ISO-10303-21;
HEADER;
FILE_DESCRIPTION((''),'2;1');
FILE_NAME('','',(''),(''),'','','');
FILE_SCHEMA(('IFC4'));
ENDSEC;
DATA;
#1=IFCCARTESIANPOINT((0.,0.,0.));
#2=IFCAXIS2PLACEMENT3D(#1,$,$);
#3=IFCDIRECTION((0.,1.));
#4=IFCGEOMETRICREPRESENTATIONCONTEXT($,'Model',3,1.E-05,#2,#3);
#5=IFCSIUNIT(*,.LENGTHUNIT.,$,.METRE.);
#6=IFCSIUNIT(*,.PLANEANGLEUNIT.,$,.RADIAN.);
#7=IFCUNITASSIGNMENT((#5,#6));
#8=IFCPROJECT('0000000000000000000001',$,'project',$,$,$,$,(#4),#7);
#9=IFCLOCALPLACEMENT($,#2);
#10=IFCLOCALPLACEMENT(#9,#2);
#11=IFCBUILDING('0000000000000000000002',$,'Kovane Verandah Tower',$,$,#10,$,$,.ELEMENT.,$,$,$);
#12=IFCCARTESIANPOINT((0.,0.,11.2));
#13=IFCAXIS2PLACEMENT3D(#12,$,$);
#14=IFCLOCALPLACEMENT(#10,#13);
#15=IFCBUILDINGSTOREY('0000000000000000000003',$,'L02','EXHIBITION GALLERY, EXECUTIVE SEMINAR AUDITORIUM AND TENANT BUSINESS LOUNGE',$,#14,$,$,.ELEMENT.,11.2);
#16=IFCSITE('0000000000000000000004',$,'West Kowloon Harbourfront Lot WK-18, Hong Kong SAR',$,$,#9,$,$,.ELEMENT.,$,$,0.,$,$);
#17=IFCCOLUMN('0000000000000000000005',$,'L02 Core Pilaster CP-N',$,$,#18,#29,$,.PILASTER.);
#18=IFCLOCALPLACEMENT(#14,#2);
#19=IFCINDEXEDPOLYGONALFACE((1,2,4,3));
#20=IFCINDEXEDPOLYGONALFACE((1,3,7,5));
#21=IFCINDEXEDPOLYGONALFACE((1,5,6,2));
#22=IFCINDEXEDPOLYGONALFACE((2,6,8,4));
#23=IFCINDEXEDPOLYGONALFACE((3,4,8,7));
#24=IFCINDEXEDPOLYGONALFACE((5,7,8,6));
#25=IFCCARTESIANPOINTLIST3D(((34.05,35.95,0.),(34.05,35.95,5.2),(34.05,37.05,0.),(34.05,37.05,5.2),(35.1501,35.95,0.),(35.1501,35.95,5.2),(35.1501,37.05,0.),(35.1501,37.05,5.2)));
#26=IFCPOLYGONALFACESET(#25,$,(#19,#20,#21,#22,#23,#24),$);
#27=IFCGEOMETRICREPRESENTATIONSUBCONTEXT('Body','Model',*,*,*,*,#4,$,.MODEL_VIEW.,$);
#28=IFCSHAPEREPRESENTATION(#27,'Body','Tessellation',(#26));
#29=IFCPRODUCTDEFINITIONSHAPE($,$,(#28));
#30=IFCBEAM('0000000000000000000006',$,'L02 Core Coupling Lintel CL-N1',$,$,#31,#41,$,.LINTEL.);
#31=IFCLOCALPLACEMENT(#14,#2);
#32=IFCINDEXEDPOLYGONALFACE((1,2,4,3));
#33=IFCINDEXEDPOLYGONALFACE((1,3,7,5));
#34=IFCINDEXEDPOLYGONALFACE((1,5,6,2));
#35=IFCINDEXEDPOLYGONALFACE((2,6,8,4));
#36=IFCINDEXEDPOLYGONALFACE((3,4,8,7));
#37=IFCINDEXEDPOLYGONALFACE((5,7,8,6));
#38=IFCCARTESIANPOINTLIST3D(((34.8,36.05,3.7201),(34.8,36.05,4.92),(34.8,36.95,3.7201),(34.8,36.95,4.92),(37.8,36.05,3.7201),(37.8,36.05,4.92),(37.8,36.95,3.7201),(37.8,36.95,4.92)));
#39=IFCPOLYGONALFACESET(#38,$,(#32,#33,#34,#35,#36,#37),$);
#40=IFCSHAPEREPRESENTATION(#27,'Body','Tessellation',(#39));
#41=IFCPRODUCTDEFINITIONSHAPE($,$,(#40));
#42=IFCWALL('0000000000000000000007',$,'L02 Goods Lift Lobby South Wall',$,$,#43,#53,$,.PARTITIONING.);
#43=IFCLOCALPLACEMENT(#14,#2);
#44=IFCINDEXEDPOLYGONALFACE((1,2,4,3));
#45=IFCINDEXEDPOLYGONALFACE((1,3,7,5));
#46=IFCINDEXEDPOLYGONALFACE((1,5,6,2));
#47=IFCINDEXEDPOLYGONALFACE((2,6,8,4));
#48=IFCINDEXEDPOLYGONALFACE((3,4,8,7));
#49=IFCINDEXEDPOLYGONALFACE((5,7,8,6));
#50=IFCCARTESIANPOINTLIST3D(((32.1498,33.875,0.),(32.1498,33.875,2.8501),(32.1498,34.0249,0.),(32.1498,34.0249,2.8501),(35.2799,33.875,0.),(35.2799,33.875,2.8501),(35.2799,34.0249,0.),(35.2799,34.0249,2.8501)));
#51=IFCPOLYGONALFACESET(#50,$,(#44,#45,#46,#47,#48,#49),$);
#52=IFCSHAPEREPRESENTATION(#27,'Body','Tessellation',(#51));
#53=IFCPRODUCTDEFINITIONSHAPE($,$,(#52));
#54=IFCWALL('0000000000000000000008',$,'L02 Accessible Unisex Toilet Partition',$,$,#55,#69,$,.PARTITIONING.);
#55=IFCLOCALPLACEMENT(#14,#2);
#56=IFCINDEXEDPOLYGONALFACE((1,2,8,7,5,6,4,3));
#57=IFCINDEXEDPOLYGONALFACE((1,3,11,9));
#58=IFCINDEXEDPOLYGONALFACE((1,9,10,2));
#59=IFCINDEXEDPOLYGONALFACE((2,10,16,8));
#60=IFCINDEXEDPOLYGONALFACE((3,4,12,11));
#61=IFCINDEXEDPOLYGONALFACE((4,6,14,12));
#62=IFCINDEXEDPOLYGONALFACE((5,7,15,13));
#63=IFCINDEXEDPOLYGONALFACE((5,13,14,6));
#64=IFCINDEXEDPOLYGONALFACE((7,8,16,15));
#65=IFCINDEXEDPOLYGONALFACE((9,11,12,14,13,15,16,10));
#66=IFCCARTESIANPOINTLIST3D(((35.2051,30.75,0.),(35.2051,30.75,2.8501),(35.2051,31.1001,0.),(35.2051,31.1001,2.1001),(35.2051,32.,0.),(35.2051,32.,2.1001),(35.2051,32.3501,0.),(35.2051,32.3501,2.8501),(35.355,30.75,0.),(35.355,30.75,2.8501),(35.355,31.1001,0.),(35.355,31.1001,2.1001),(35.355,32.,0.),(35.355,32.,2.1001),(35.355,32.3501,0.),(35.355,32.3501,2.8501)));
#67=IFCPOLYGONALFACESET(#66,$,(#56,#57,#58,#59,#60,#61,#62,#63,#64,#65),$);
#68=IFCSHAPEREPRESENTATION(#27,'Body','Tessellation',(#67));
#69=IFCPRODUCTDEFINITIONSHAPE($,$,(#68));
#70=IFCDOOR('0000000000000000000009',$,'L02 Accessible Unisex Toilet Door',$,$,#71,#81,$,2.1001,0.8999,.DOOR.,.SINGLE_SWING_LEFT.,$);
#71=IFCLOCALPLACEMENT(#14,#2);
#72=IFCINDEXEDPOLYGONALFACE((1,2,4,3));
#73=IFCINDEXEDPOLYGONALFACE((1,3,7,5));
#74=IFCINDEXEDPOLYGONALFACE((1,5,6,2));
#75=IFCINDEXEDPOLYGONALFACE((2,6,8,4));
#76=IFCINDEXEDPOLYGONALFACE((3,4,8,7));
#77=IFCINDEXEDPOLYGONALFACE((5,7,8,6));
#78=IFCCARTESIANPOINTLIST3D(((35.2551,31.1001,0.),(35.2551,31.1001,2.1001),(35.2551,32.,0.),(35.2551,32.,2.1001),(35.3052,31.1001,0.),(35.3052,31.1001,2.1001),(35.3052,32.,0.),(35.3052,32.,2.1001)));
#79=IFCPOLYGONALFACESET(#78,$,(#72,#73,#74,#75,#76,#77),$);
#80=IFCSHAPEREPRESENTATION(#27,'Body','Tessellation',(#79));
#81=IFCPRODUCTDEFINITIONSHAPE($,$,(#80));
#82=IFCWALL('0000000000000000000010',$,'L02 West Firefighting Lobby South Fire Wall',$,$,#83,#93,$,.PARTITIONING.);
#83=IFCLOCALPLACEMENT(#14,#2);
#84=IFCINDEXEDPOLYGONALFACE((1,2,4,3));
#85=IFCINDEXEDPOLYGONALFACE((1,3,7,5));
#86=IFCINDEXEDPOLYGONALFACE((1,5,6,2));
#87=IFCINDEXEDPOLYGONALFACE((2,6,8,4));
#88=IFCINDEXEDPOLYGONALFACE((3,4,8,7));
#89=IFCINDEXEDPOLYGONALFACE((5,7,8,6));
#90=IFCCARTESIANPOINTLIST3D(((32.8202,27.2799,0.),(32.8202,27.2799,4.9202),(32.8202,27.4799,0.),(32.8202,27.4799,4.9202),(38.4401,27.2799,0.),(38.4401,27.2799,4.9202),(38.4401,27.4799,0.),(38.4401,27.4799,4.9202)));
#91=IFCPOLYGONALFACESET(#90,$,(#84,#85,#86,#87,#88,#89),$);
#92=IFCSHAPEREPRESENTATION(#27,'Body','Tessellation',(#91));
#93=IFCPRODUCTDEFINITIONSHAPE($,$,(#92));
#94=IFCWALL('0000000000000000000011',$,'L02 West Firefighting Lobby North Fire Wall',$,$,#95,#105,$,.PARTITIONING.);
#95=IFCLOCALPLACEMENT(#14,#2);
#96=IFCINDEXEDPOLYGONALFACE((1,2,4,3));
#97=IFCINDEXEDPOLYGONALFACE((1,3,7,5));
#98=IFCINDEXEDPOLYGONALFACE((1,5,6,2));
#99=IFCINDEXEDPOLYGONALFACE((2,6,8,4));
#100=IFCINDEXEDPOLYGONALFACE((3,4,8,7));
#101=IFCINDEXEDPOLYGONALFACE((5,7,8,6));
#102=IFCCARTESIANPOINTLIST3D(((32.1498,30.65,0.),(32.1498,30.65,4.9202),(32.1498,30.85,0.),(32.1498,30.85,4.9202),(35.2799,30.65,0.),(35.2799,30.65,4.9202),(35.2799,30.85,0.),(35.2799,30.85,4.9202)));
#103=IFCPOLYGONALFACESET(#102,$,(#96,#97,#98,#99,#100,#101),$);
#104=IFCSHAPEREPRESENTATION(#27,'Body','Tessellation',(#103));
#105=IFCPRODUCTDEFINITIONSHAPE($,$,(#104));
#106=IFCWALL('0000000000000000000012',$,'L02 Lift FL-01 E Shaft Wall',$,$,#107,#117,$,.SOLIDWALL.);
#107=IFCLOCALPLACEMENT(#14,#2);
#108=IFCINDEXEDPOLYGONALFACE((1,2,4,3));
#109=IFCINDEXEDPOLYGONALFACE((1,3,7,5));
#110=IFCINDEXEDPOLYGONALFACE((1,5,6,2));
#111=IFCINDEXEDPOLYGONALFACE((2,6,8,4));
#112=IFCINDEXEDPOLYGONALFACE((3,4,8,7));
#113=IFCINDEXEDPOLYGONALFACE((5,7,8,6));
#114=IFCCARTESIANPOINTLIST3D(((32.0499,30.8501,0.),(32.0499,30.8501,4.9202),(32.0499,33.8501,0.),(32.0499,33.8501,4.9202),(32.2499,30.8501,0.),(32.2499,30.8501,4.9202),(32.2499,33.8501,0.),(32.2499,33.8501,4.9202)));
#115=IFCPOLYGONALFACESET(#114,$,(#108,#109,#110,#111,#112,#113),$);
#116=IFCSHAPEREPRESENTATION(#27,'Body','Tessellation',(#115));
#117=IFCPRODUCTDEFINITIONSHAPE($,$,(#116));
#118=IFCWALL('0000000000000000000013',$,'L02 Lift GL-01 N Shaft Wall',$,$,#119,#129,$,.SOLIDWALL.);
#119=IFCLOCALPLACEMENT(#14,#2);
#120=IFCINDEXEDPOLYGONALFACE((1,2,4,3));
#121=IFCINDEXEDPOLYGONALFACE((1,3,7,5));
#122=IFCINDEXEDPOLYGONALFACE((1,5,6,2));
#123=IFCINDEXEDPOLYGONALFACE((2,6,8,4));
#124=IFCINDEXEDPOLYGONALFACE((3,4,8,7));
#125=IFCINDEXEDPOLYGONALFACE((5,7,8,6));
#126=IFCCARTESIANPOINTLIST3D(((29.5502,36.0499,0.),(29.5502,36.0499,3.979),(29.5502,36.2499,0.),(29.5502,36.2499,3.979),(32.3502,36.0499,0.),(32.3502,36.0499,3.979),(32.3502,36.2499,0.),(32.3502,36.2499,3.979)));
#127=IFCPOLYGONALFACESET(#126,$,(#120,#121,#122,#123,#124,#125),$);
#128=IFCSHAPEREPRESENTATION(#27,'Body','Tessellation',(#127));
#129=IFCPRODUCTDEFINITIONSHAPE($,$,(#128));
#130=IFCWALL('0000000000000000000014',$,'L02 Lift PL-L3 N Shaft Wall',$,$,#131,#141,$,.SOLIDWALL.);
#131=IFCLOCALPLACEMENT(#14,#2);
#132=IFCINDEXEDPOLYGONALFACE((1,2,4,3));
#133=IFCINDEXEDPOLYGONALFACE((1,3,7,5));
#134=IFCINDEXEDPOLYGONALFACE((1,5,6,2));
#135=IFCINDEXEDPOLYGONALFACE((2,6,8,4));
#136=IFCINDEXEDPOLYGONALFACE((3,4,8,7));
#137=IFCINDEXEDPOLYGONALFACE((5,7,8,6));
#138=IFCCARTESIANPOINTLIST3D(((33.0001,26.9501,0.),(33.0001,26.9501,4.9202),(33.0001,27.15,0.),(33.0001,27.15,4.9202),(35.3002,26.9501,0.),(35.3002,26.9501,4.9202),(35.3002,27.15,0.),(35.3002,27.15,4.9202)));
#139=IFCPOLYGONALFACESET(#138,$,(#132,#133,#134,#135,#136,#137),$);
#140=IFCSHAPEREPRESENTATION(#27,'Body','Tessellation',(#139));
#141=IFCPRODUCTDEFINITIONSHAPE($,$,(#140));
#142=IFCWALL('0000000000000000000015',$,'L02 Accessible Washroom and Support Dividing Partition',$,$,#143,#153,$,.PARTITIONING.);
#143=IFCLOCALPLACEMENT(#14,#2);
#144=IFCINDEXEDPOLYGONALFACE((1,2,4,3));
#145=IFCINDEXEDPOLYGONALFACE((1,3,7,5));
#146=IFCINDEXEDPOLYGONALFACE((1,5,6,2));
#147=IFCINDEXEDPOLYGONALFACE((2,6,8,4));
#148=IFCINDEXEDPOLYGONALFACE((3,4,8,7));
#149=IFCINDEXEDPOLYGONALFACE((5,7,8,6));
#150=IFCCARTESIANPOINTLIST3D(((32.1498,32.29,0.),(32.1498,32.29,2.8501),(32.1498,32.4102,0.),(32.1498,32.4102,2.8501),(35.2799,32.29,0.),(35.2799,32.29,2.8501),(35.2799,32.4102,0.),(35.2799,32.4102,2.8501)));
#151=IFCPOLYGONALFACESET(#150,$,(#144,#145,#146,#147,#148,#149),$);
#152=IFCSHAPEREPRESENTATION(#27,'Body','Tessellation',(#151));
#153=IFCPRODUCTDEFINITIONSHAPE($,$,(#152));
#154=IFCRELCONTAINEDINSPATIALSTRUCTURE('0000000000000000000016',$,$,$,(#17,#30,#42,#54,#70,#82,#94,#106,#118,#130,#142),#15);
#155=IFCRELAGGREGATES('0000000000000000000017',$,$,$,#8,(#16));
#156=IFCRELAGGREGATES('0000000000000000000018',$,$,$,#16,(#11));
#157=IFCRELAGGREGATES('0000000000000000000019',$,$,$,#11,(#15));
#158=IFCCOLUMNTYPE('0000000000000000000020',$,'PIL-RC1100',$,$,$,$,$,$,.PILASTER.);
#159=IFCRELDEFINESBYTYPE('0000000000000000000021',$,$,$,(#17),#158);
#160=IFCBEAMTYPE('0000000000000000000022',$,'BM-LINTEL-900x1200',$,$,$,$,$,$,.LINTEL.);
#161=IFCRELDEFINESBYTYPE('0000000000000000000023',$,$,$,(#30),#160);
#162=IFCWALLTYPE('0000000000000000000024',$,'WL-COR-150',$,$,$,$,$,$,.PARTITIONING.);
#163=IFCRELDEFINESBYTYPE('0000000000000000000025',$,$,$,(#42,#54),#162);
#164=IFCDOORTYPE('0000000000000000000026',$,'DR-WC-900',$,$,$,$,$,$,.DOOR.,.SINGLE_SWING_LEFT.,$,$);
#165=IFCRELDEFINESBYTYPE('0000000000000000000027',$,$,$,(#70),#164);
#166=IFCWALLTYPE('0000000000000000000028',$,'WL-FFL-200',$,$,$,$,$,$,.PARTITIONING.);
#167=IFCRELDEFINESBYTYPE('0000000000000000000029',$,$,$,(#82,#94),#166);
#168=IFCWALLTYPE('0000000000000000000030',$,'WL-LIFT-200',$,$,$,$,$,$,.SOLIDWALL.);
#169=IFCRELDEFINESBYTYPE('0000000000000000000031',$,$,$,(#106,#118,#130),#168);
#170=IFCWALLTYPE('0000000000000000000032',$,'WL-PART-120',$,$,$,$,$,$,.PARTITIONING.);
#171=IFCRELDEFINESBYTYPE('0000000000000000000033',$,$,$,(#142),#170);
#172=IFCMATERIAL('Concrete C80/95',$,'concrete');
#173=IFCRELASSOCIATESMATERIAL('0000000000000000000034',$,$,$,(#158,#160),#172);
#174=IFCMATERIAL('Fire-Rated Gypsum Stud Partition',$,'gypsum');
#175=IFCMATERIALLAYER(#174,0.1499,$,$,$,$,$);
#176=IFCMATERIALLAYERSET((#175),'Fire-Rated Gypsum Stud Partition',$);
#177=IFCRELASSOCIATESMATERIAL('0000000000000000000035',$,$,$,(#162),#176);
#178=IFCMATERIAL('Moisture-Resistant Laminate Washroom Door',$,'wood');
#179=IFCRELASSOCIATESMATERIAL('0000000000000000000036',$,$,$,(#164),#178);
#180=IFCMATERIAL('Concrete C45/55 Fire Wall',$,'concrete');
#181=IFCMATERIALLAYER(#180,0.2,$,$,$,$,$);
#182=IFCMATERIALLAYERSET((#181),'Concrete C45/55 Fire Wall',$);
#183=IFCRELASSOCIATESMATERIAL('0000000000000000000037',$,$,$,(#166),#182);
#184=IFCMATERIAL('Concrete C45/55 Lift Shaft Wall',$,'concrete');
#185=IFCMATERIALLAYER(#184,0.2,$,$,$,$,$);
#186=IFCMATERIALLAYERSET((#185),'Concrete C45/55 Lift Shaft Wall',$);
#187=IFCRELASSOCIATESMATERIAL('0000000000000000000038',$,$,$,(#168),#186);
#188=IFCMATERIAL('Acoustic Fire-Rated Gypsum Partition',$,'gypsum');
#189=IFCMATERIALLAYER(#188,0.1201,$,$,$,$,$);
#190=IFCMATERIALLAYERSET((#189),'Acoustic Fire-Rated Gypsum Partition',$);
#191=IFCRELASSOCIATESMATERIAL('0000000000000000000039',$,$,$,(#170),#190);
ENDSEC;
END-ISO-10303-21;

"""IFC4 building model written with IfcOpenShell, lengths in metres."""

from ifc_helpers import new_model, si_unit, direction, frame, frame_2d, origin, origin_2d, place, context, subcontext, project, spatial, rectangle, extrude, material, layer, layer_set, material_profile, profile_set, type_object, element, fill, save


model = new_model("IFC4")

# Units and contexts
model_context = context("Model", 3, precision=1e-05, world=origin(), true_north=direction((0.0, 1.0)))
body_context = subcontext(model_context, "Body", "Model", "MODEL_VIEW")
ifc_project = project(units=[si_unit("LENGTHUNIT", "METRE"), si_unit("PLANEANGLEUNIT", "RADIAN")], contexts=[model_context])

# Site, building, storey
site_placement = place(None, origin())
site = spatial("IfcSite", under=ifc_project, at=site_placement, Name="West Kowloon Harbourfront Lot WK-18, Hong Kong SAR", CompositionType="ELEMENT", RefElevation=0.0)
building_placement = place(site_placement, origin())
building = spatial("IfcBuilding", under=site, at=building_placement, Name="Kovane Verandah Tower", CompositionType="ELEMENT")
storey_placement = place(building_placement, frame((0.0, 0.0, 11.2)))
storey = spatial("IfcBuildingStorey", under=building, at=storey_placement, Name="L02", Description="EXHIBITION GALLERY, EXECUTIVE SEMINAR AUDITORIUM AND TENANT BUSINESS LOUNGE", CompositionType="ELEMENT", Elevation=11.2)

# Column
ifc_material_1 = material(Name="Concrete C80/95", Category="concrete")
ifc_material_profile_1 = material_profile(ifc_material_1, rectangle(XDim=1.1001, YDim=1.1001, at=origin_2d()), Name="RC1100x1100")
ifc_profile_set_1 = profile_set([ifc_material_profile_1], Name="Concrete C80/95")
column_type = type_object("IfcColumnType", Name="PIL-RC1100", PredefinedType="PILASTER", material=ifc_profile_set_1)
column_placement = place(storey_placement, frame((34.6001, 36.5, 0.0), z_axis=(0.0, 0.0, 1.0), x_axis=(1.0, 0.0, 0.0)))
element("IfcColumn", 1, at=column_placement, inside=storey, type_object=column_type, Name="L02 Core Pilaster CP-N", PredefinedType="PILASTER", context=body_context, shape_type="SweptSolid", body=[
    extrude(rectangle(XDim=1.1001, YDim=1.1001, at=origin_2d()), origin(), (0.0, 0.0, 1.0), 5.2),
])

# Beam
ifc_material_profile_2 = material_profile(ifc_material_1, rectangle(XDim=0.8999, YDim=1.2, at=origin_2d()), Name="RCB900x1200")
ifc_profile_set_2 = profile_set([ifc_material_profile_2], Name="Concrete C80/95")
beam_type = type_object("IfcBeamType", Name="BM-LINTEL-900x1200", PredefinedType="LINTEL", material=ifc_profile_set_2)
beam_placement = place(storey_placement, frame((34.8, 36.5, 4.3201), z_axis=(1.0, 0.0, 0.0), x_axis=(0.0, 1.0, 0.0)))
element("IfcBeam", 2, at=beam_placement, inside=storey, type_object=beam_type, Name="L02 Core Coupling Lintel CL-N1", PredefinedType="LINTEL", context=body_context, shape_type="SweptSolid", body=[
    extrude(rectangle(XDim=0.8999, YDim=1.2, at=origin_2d()), origin(), (0.0, 0.0, 1.0), 3.0),
])

# Wall
ifc_material_2 = material(Name="Fire-Rated Gypsum Stud Partition", Category="gypsum")
ifc_layer_1 = layer(ifc_material_2, 0.1499)
ifc_layer_set_1 = layer_set([ifc_layer_1], Name="Fire-Rated Gypsum Stud Partition")
wall_type_1 = type_object("IfcWallType", Name="WL-COR-150", PredefinedType="PARTITIONING", material=ifc_layer_set_1)
wall_1_placement = place(storey_placement, frame((32.1499, 33.95, 0.0), z_axis=(0.0, 0.0, 1.0), x_axis=(1.0, 0.0, 0.0)))
element("IfcWall", 3, at=wall_1_placement, inside=storey, type_object=wall_type_1, Name="L02 Goods Lift Lobby South Wall", PredefinedType="PARTITIONING", context=body_context, shape_type="SweptSolid", body=[
    extrude(rectangle(XDim=3.1301, YDim=0.1499, at=frame_2d((1.5649, 0.0))), origin(), (0.0, 0.0, 1.0), 2.8501),
])

# Wall, opening, door
wall_2_placement = place(storey_placement, frame((35.28, 30.75, 0.0), z_axis=(0.0, 0.0, 1.0), x_axis=(0.0, 1.0, 0.0)))
wall_2 = element("IfcWall", 4, at=wall_2_placement, inside=storey, type_object=wall_type_1, Name="L02 Accessible Unisex Toilet Partition", PredefinedType="PARTITIONING", context=body_context, shape_type="SweptSolid", body=[
    extrude(rectangle(XDim=1.6001, YDim=0.1499, at=frame_2d((0.8, 0.0))), origin(), (0.0, 0.0, 1.0), 2.8501),
])
opening_1_placement = place(wall_2_placement, frame((0.3501, 0.0, 0.0)))
opening_1 = element("IfcOpeningElement", 5, at=opening_1_placement, cuts=wall_2, PredefinedType="OPENING", context=body_context, shape_type="SweptSolid", body=[
    extrude(rectangle(XDim=0.8999, YDim=2.1001, at=frame_2d((0.45, 1.05))), frame((0.0, 0.075, 0.0), z_axis=(0.0, -1.0, 0.0), x_axis=(1.0, 0.0, 0.0)), (0.0, 0.0, 1.0), 0.1499),
])
ifc_material_3 = material(Name="Moisture-Resistant Laminate Washroom Door", Category="wood")
door_type_1 = type_object("IfcDoorType", Name="DR-WC-900", OperationType="SINGLE_SWING_LEFT", PredefinedType="DOOR", material=ifc_material_3)
door_1_placement = place(opening_1_placement, origin())
door_1 = element("IfcDoor", 6, at=door_1_placement, inside=storey, type_object=door_type_1, Name="L02 Accessible Unisex Toilet Door", OperationType="SINGLE_SWING_LEFT", OverallHeight=2.1001, OverallWidth=0.8999, PredefinedType="DOOR", context=body_context, shape_type="SweptSolid", body=[
    extrude(rectangle(XDim=0.8999, YDim=2.1001, at=frame_2d((0.45, 1.05))), frame((0.0, 0.0249, 0.0), z_axis=(0.0, -1.0, 0.0), x_axis=(1.0, 0.0, 0.0)), (0.0, 0.0, 1.0), 0.05),
])
fill(opening_1, door_1)
ifc_material_4 = material(Name="Concrete C45/55 Fire Wall", Category="concrete")
ifc_layer_2 = layer(ifc_material_4, 0.2)
ifc_layer_set_2 = layer_set([ifc_layer_2], Name="Concrete C45/55 Fire Wall")
wall_type_2 = type_object("IfcWallType", Name="WL-FFL-200", PredefinedType="PARTITIONING", material=ifc_layer_set_2)

# Walls
wall_3_placement = place(storey_placement, frame((32.8201, 27.3799, 0.0), z_axis=(0.0, 0.0, 1.0), x_axis=(1.0, 0.0, 0.0)))
element("IfcWall", 7, at=wall_3_placement, inside=storey, type_object=wall_type_2, Name="L02 West Firefighting Lobby South Fire Wall", PredefinedType="PARTITIONING", context=body_context, shape_type="SweptSolid", body=[
    extrude(rectangle(XDim=5.6199, YDim=0.2, at=frame_2d((2.8101, 0.0))), origin(), (0.0, 0.0, 1.0), 4.9202),
])
wall_4_placement = place(storey_placement, frame((32.1499, 30.75, 0.0), z_axis=(0.0, 0.0, 1.0), x_axis=(1.0, 0.0, 0.0)))
element("IfcWall", 8, at=wall_4_placement, inside=storey, type_object=wall_type_2, Name="L02 West Firefighting Lobby North Fire Wall", PredefinedType="PARTITIONING", context=body_context, shape_type="SweptSolid", body=[
    extrude(rectangle(XDim=3.1301, YDim=0.2, at=frame_2d((1.5649, 0.0))), origin(), (0.0, 0.0, 1.0), 4.9202),
])
ifc_material_5 = material(Name="Concrete C45/55 Lift Shaft Wall", Category="concrete")
ifc_layer_3 = layer(ifc_material_5, 0.2)
ifc_layer_set_3 = layer_set([ifc_layer_3], Name="Concrete C45/55 Lift Shaft Wall")
wall_type_3 = type_object("IfcWallType", Name="WL-LIFT-200", PredefinedType="SOLIDWALL", material=ifc_layer_set_3)
wall_5_placement = place(storey_placement, frame((32.1499, 30.8501, 0.0), z_axis=(0.0, 0.0, 1.0), x_axis=(0.0, 1.0, 0.0)))
element("IfcWall", 9, at=wall_5_placement, inside=storey, type_object=wall_type_3, Name="L02 Lift FL-01 E Shaft Wall", PredefinedType="SOLIDWALL", context=body_context, shape_type="SweptSolid", body=[
    extrude(rectangle(XDim=3.0, YDim=0.2, at=frame_2d((1.5, 0.0))), origin(), (0.0, 0.0, 1.0), 4.9202),
])
wall_6_placement = place(storey_placement, frame((32.3501, 36.1499, 0.0), z_axis=(0.0, 0.0, 1.0), x_axis=(-1.0, 0.0, 0.0)))
element("IfcWall", 10, at=wall_6_placement, inside=storey, type_object=wall_type_3, Name="L02 Lift GL-01 N Shaft Wall", PredefinedType="SOLIDWALL", context=body_context, shape_type="SweptSolid", body=[
    extrude(rectangle(XDim=2.8, YDim=0.2, at=frame_2d((1.3999, 0.0))), origin(), (0.0, 0.0, 1.0), 3.979),
])

# Walls
wall_7_placement = place(storey_placement, frame((35.3, 27.05, 0.0), z_axis=(0.0, 0.0, 1.0), x_axis=(-1.0, 0.0, 0.0)))
element("IfcWall", 11, at=wall_7_placement, inside=storey, type_object=wall_type_3, Name="L02 Lift PL-L3 N Shaft Wall", PredefinedType="SOLIDWALL", context=body_context, shape_type="SweptSolid", body=[
    extrude(rectangle(XDim=2.3, YDim=0.2, at=frame_2d((1.1499, 0.0))), origin(), (0.0, 0.0, 1.0), 4.9202),
])
ifc_material_6 = material(Name="Acoustic Fire-Rated Gypsum Partition", Category="gypsum")
ifc_layer_4 = layer(ifc_material_6, 0.1201)
ifc_layer_set_4 = layer_set([ifc_layer_4], Name="Acoustic Fire-Rated Gypsum Partition")
wall_type_4 = type_object("IfcWallType", Name="WL-PART-120", PredefinedType="PARTITIONING", material=ifc_layer_set_4)
wall_8_placement = place(storey_placement, frame((32.1499, 32.3501, 0.0), z_axis=(0.0, 0.0, 1.0), x_axis=(1.0, 0.0, 0.0)))
element("IfcWall", 12, at=wall_8_placement, inside=storey, type_object=wall_type_4, Name="L02 Accessible Washroom and Support Dividing Partition", PredefinedType="PARTITIONING", context=body_context, shape_type="SweptSolid", body=[
    extrude(rectangle(XDim=3.1301, YDim=0.1201, at=frame_2d((1.5649, 0.0))), origin(), (0.0, 0.0, 1.0), 2.8501),
])

save(model, "model.ifc")
